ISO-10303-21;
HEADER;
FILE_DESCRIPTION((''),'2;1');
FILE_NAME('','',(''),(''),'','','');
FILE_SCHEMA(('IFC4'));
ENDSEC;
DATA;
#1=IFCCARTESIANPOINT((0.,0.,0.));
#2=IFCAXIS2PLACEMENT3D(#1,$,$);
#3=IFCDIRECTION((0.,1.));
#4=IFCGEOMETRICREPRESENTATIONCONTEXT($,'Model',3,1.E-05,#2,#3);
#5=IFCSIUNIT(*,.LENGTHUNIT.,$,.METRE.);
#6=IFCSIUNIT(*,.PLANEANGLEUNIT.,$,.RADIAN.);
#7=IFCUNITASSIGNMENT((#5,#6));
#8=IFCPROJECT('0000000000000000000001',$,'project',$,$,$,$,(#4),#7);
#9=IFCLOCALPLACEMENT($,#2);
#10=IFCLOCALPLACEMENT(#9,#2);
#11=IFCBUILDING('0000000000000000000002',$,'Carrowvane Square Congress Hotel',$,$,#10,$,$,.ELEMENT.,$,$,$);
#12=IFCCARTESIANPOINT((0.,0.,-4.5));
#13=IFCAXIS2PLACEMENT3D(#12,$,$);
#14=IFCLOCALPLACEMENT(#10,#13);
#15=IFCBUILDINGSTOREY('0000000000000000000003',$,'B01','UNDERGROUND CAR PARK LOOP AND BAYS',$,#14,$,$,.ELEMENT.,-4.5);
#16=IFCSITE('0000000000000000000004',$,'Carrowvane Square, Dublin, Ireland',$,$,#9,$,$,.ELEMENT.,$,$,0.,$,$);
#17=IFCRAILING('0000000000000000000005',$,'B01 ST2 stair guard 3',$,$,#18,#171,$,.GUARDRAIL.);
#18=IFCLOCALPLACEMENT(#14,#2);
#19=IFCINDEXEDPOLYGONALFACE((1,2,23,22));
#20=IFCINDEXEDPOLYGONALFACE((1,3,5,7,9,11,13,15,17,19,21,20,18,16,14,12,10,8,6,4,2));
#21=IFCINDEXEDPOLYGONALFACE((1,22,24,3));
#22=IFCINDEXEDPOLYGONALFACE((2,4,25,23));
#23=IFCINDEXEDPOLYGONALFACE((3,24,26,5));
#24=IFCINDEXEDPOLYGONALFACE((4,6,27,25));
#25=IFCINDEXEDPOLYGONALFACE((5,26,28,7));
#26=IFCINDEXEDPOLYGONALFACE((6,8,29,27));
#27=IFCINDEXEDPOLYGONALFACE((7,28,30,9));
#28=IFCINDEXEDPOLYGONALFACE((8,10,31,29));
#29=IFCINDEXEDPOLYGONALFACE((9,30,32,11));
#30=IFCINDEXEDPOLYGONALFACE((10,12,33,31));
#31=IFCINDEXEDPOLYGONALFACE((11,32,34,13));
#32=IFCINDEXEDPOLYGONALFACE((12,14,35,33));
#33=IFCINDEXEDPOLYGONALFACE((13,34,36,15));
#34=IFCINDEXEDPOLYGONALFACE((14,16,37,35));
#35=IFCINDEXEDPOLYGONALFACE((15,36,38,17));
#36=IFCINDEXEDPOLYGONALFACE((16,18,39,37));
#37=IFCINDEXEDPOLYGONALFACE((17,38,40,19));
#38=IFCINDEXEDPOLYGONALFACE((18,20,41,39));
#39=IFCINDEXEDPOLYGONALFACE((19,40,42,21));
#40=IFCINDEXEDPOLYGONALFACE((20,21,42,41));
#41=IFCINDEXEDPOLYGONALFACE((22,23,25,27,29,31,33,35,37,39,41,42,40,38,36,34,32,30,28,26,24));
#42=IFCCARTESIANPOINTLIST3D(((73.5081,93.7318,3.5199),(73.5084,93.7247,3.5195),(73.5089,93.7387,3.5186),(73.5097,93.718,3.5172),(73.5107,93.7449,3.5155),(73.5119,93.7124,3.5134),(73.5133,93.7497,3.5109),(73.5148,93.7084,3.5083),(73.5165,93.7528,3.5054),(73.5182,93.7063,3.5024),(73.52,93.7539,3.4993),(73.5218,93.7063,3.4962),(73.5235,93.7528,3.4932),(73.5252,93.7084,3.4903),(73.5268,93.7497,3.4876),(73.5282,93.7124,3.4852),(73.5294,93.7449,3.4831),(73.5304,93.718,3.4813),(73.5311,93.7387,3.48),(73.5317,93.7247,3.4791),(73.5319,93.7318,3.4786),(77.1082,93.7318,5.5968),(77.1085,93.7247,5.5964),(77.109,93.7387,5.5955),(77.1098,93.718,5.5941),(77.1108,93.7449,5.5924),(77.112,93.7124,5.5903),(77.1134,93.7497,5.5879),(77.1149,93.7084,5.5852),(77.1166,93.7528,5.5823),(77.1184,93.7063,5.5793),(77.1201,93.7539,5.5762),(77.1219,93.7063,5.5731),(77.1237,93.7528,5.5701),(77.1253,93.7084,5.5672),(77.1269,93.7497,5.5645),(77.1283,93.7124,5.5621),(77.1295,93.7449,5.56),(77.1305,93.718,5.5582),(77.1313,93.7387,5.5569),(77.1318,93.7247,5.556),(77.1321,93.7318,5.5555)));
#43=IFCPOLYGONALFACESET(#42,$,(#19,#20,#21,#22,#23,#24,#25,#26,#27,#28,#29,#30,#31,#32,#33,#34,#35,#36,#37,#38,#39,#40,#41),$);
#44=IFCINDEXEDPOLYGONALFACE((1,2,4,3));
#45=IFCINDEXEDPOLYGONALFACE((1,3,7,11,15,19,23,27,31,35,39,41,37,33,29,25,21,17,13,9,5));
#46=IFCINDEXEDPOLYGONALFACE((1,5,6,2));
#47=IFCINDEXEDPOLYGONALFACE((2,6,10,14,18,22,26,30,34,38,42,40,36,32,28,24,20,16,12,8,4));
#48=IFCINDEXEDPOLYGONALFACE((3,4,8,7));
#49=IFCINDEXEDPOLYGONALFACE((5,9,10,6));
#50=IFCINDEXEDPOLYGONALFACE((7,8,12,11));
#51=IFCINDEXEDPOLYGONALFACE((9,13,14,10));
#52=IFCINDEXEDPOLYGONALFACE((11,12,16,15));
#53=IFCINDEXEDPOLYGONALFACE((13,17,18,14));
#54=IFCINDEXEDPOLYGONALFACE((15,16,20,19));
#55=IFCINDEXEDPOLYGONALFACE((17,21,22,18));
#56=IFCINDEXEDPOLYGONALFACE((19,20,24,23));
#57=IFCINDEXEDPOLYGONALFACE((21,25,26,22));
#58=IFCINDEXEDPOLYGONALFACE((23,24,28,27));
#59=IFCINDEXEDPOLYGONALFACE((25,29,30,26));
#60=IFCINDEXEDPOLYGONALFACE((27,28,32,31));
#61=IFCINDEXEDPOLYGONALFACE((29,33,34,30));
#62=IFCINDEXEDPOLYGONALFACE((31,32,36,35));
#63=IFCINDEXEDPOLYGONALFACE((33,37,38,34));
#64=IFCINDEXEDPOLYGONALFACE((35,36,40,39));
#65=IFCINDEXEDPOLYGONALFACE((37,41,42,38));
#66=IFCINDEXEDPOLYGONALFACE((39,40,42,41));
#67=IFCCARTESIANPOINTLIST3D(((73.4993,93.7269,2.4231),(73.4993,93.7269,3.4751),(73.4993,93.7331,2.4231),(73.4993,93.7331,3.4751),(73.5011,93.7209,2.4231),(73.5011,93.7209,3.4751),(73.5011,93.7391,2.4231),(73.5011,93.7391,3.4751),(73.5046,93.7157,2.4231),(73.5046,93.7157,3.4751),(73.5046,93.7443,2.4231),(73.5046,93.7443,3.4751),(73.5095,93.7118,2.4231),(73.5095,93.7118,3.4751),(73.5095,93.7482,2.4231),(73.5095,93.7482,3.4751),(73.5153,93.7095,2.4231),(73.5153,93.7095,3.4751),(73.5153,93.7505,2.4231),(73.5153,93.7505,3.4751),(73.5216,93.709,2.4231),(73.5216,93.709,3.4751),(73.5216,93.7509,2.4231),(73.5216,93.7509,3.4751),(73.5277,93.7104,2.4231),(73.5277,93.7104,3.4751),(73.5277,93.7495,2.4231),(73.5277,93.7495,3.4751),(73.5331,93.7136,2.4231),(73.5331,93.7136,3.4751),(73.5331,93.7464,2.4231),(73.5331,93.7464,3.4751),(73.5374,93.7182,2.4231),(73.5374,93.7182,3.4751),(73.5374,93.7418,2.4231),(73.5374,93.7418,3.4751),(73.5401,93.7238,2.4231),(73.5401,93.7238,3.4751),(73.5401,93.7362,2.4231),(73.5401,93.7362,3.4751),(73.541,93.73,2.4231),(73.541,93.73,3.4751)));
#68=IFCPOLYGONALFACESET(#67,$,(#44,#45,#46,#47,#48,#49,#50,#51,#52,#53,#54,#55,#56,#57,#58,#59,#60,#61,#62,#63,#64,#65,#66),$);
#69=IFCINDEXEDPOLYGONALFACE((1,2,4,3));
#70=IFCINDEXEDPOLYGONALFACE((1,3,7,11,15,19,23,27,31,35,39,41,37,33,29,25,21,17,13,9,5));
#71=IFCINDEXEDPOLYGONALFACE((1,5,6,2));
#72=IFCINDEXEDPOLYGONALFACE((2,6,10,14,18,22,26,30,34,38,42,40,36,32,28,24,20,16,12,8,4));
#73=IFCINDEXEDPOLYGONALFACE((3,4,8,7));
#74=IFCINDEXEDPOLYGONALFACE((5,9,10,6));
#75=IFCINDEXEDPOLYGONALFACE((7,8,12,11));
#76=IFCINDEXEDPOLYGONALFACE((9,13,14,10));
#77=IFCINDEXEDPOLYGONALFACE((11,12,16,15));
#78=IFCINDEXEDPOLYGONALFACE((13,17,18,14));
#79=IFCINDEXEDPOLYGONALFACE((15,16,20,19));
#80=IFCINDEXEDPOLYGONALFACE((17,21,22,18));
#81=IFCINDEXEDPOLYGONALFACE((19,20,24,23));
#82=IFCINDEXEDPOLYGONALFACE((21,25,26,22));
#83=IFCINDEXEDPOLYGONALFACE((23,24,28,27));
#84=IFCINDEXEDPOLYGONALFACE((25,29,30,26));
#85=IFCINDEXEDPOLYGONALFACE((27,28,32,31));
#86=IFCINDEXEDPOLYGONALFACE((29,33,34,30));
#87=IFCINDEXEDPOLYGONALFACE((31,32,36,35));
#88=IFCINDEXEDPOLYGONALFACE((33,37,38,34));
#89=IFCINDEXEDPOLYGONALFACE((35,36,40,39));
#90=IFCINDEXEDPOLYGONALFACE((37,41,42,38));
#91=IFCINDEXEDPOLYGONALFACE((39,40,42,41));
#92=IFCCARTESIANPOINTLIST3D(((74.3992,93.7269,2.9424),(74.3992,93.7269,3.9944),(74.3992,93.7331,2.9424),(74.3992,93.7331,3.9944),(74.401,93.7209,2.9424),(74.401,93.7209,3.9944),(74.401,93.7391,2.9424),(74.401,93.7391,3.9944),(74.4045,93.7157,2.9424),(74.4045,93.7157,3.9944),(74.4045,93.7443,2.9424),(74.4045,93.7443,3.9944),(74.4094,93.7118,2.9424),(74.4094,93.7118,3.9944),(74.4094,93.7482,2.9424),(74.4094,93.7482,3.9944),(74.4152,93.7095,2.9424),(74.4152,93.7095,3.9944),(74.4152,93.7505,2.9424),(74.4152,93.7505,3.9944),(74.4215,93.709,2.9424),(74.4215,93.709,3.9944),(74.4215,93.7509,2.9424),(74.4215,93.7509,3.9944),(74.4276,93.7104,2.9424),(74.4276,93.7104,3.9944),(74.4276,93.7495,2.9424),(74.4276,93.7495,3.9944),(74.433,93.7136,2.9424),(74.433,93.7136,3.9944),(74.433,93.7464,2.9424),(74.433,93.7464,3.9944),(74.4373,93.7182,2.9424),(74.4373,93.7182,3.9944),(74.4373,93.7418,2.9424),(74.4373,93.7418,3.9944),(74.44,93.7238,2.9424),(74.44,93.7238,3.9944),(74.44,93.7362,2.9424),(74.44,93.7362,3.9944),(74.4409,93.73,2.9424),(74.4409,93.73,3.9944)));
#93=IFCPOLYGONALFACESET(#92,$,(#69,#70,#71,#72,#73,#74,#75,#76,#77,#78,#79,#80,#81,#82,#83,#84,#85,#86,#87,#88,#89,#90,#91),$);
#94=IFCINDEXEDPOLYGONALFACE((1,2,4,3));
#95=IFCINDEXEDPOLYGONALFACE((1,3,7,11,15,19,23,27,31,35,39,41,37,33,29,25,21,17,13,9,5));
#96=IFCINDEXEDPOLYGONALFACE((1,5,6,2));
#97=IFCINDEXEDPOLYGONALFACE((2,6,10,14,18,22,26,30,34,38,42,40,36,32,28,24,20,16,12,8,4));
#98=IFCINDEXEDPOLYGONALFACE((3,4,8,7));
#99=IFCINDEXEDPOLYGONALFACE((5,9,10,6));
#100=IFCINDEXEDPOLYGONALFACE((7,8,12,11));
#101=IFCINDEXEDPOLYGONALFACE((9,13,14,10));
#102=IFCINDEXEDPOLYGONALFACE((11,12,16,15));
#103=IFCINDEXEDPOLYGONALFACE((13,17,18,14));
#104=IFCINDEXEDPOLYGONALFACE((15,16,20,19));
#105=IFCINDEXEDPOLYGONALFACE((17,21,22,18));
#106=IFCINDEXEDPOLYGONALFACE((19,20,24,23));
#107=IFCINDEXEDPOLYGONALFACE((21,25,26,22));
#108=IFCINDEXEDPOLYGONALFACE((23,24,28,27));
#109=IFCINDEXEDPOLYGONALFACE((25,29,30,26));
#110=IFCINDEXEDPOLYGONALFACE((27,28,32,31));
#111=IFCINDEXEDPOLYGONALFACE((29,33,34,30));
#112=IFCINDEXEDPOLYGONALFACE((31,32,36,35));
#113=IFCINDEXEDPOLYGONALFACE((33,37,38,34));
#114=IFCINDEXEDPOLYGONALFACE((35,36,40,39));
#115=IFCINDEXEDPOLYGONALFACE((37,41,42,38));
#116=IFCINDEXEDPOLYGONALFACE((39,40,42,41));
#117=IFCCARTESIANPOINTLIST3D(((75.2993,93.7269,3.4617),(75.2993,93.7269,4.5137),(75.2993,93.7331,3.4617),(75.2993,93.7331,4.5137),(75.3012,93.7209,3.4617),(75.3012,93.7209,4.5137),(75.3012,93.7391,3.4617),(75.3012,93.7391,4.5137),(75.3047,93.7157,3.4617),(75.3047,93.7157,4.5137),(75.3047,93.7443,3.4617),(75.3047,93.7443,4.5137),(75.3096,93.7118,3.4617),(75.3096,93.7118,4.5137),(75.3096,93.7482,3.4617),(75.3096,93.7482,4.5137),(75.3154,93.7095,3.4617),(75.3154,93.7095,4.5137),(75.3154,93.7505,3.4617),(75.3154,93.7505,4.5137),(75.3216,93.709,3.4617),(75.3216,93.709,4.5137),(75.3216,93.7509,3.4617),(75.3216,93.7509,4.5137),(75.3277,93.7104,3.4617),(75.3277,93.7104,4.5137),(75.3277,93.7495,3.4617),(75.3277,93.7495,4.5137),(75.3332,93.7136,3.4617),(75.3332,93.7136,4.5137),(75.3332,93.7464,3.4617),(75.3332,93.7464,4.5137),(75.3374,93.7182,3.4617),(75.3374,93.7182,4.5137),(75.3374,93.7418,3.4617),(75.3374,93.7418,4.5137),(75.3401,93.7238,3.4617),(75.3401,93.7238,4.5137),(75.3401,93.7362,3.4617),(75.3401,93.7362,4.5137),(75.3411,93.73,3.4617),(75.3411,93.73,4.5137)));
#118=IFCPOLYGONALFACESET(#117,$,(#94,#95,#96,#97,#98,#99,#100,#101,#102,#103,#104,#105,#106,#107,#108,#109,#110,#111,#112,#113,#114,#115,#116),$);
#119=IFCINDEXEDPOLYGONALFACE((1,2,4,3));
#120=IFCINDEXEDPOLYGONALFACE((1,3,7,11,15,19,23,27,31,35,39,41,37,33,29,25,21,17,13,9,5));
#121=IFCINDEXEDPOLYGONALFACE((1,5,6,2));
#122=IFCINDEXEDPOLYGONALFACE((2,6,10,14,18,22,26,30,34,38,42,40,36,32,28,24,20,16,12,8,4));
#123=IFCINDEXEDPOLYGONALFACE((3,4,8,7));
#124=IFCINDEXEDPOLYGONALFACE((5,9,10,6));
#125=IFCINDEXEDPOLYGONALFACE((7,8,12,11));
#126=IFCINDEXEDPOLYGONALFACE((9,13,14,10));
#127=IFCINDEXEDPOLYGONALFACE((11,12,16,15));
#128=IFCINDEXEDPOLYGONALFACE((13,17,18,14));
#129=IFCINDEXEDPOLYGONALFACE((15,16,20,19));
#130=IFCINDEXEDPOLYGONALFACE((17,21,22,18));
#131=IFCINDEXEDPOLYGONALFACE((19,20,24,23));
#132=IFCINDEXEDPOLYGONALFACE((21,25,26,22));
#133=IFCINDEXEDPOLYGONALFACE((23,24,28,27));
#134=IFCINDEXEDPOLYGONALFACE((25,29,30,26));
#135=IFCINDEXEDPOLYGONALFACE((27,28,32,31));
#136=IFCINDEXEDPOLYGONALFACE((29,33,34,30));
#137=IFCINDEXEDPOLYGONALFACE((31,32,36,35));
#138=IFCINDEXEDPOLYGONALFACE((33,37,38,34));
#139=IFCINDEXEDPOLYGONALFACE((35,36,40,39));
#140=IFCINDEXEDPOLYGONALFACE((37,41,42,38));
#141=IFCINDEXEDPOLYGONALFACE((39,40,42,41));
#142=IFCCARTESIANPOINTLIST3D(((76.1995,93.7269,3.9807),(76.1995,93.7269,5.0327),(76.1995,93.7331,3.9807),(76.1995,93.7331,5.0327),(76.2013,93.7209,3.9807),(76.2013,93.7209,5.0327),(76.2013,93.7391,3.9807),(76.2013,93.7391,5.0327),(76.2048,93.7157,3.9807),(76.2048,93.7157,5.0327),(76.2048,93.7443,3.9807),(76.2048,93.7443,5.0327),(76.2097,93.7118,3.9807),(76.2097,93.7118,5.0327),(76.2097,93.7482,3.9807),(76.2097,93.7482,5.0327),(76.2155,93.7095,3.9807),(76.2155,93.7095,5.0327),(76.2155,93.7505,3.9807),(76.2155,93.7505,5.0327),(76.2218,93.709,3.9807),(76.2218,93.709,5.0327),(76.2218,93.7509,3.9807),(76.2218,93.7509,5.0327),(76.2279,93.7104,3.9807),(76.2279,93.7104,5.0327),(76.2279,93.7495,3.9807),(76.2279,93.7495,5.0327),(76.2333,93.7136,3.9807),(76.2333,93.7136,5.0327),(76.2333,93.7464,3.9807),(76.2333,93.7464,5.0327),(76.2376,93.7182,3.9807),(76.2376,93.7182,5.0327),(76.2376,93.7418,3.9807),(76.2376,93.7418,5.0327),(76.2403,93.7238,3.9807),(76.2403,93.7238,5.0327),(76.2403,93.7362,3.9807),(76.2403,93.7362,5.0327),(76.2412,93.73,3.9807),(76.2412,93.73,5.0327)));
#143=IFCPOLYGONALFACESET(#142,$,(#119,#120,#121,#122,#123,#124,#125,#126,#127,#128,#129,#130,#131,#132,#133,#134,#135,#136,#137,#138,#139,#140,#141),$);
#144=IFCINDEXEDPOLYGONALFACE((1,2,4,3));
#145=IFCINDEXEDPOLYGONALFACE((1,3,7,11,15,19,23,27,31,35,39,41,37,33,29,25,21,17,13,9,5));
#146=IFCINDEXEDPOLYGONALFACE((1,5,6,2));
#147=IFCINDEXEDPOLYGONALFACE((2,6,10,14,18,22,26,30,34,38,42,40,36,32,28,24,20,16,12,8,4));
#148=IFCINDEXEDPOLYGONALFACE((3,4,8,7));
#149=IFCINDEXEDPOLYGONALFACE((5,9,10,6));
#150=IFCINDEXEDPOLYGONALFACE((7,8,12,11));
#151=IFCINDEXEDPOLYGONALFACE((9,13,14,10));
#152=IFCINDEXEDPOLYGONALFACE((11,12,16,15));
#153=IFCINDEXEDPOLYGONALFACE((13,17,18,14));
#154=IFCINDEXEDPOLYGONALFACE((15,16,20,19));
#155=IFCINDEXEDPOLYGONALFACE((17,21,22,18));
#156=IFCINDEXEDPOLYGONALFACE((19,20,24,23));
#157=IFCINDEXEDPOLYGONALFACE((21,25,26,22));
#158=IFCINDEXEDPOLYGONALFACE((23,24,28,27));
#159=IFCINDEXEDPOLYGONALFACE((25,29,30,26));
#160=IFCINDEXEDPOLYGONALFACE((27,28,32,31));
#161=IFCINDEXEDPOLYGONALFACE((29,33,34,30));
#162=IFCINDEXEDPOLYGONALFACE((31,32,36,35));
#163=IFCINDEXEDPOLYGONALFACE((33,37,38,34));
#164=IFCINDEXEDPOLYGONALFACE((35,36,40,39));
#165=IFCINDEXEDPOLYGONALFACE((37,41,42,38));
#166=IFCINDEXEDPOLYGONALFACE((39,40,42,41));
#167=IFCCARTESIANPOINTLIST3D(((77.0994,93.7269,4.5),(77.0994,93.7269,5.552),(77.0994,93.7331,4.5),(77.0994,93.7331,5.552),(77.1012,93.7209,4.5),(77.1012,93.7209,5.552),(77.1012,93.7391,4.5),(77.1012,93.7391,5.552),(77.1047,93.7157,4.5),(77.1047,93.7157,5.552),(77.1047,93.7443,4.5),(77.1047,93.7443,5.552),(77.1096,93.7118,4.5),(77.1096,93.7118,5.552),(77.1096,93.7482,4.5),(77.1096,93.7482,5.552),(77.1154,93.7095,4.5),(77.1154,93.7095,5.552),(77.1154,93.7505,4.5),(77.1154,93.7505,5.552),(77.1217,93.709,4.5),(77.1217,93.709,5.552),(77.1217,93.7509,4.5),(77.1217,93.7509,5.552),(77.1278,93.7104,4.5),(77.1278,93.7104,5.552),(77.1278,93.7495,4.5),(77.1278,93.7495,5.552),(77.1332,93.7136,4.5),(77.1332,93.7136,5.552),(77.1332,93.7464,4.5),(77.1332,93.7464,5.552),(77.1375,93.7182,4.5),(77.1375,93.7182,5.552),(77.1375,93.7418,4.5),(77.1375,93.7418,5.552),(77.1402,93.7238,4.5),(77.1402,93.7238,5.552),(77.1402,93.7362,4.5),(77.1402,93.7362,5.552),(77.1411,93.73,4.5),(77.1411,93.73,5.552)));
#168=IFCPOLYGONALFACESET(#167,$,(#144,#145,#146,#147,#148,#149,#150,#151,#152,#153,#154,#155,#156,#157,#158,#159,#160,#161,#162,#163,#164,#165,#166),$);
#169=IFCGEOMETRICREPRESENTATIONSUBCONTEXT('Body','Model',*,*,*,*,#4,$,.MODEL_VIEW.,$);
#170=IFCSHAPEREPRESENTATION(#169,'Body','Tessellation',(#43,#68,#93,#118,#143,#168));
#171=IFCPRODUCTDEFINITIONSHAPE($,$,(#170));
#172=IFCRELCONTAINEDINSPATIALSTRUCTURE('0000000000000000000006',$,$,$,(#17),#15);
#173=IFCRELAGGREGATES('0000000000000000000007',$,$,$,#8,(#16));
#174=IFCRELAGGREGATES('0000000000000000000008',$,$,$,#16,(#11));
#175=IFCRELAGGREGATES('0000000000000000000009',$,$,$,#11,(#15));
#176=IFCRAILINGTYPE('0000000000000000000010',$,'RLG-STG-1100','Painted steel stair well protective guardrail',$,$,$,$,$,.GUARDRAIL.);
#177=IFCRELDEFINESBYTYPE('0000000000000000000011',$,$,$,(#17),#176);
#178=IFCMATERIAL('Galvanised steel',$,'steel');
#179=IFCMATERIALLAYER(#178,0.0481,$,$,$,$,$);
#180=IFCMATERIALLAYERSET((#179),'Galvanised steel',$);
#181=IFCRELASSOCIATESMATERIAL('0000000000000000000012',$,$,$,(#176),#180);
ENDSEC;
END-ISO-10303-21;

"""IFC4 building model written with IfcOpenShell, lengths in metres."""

from ifc_helpers import new_model, si_unit, direction, frame, origin, origin_2d, place, context, subcontext, project, spatial, circle, extrude, material, layer, layer_set, type_object, element, save


model = new_model("IFC4")

# Units and contexts
model_context = context("Model", 3, precision=1e-05, world=origin(), true_north=direction((0.0, 1.0)))
body_context = subcontext(model_context, "Body", "Model", "MODEL_VIEW")
ifc_project = project(units=[si_unit("LENGTHUNIT", "METRE"), si_unit("PLANEANGLEUNIT", "RADIAN")], contexts=[model_context])

# Site, building, storey
site_placement = place(None, origin())
site = spatial("IfcSite", under=ifc_project, at=site_placement, Name="Carrowvane Square, Dublin, Ireland", CompositionType="ELEMENT", RefElevation=0.0)
building_placement = place(site_placement, origin())
building = spatial("IfcBuilding", under=site, at=building_placement, Name="Carrowvane Square Congress Hotel", CompositionType="ELEMENT")
storey_placement = place(building_placement, frame((0.0, 0.0, -4.5)))
storey = spatial("IfcBuildingStorey", under=building, at=storey_placement, Name="B01", Description="UNDERGROUND CAR PARK LOOP AND BAYS", CompositionType="ELEMENT", Elevation=-4.5)

# Railing
ifc_material_1 = material(Name="Galvanised steel", Category="steel")
ifc_layer_1 = layer(ifc_material_1, 0.0481)
ifc_layer_set_1 = layer_set([ifc_layer_1], Name="Galvanised steel")
railing_type_1 = type_object("IfcRailingType", Name="RLG-STG-1100", Description="Painted steel stair well protective guardrail", PredefinedType="GUARDRAIL", material=ifc_layer_set_1)
railing_1_placement = place(storey_placement, frame((73.52, 93.73, 2.4231)))
element("IfcRailing", 1, at=railing_1_placement, inside=storey, type_object=railing_type_1, Name="B01 ST2 stair guard 3", PredefinedType="GUARDRAIL", context=body_context, shape_type="SweptSolid", body=[
    extrude(circle(Radius=0.0239, at=origin_2d()), frame((0.0, 0.0, 1.0762), z_axis=(0.866193, 0.0, 0.499709), x_axis=(0.0, 1.0, 0.0)), (0.0, 0.0, 1.0), 4.1562),
    extrude(circle(Radius=0.021, at=origin_2d()), origin(), (0.0, 0.0, 1.0), 1.052),
    extrude(circle(Radius=0.021, at=origin_2d()), frame((0.8999, 0.0, 0.5193)), (0.0, 0.0, 1.0), 1.052),
    extrude(circle(Radius=0.021, at=origin_2d()), frame((1.8, 0.0, 1.0386)), (0.0, 0.0, 1.0), 1.052),
    extrude(circle(Radius=0.021, at=origin_2d()), frame((2.7002, 0.0, 1.5576)), (0.0, 0.0, 1.0), 1.052),
    extrude(circle(Radius=0.021, at=origin_2d()), frame((3.6001, 0.0, 2.0769)), (0.0, 0.0, 1.0), 1.052),
])

save(model, "model.ifc")
